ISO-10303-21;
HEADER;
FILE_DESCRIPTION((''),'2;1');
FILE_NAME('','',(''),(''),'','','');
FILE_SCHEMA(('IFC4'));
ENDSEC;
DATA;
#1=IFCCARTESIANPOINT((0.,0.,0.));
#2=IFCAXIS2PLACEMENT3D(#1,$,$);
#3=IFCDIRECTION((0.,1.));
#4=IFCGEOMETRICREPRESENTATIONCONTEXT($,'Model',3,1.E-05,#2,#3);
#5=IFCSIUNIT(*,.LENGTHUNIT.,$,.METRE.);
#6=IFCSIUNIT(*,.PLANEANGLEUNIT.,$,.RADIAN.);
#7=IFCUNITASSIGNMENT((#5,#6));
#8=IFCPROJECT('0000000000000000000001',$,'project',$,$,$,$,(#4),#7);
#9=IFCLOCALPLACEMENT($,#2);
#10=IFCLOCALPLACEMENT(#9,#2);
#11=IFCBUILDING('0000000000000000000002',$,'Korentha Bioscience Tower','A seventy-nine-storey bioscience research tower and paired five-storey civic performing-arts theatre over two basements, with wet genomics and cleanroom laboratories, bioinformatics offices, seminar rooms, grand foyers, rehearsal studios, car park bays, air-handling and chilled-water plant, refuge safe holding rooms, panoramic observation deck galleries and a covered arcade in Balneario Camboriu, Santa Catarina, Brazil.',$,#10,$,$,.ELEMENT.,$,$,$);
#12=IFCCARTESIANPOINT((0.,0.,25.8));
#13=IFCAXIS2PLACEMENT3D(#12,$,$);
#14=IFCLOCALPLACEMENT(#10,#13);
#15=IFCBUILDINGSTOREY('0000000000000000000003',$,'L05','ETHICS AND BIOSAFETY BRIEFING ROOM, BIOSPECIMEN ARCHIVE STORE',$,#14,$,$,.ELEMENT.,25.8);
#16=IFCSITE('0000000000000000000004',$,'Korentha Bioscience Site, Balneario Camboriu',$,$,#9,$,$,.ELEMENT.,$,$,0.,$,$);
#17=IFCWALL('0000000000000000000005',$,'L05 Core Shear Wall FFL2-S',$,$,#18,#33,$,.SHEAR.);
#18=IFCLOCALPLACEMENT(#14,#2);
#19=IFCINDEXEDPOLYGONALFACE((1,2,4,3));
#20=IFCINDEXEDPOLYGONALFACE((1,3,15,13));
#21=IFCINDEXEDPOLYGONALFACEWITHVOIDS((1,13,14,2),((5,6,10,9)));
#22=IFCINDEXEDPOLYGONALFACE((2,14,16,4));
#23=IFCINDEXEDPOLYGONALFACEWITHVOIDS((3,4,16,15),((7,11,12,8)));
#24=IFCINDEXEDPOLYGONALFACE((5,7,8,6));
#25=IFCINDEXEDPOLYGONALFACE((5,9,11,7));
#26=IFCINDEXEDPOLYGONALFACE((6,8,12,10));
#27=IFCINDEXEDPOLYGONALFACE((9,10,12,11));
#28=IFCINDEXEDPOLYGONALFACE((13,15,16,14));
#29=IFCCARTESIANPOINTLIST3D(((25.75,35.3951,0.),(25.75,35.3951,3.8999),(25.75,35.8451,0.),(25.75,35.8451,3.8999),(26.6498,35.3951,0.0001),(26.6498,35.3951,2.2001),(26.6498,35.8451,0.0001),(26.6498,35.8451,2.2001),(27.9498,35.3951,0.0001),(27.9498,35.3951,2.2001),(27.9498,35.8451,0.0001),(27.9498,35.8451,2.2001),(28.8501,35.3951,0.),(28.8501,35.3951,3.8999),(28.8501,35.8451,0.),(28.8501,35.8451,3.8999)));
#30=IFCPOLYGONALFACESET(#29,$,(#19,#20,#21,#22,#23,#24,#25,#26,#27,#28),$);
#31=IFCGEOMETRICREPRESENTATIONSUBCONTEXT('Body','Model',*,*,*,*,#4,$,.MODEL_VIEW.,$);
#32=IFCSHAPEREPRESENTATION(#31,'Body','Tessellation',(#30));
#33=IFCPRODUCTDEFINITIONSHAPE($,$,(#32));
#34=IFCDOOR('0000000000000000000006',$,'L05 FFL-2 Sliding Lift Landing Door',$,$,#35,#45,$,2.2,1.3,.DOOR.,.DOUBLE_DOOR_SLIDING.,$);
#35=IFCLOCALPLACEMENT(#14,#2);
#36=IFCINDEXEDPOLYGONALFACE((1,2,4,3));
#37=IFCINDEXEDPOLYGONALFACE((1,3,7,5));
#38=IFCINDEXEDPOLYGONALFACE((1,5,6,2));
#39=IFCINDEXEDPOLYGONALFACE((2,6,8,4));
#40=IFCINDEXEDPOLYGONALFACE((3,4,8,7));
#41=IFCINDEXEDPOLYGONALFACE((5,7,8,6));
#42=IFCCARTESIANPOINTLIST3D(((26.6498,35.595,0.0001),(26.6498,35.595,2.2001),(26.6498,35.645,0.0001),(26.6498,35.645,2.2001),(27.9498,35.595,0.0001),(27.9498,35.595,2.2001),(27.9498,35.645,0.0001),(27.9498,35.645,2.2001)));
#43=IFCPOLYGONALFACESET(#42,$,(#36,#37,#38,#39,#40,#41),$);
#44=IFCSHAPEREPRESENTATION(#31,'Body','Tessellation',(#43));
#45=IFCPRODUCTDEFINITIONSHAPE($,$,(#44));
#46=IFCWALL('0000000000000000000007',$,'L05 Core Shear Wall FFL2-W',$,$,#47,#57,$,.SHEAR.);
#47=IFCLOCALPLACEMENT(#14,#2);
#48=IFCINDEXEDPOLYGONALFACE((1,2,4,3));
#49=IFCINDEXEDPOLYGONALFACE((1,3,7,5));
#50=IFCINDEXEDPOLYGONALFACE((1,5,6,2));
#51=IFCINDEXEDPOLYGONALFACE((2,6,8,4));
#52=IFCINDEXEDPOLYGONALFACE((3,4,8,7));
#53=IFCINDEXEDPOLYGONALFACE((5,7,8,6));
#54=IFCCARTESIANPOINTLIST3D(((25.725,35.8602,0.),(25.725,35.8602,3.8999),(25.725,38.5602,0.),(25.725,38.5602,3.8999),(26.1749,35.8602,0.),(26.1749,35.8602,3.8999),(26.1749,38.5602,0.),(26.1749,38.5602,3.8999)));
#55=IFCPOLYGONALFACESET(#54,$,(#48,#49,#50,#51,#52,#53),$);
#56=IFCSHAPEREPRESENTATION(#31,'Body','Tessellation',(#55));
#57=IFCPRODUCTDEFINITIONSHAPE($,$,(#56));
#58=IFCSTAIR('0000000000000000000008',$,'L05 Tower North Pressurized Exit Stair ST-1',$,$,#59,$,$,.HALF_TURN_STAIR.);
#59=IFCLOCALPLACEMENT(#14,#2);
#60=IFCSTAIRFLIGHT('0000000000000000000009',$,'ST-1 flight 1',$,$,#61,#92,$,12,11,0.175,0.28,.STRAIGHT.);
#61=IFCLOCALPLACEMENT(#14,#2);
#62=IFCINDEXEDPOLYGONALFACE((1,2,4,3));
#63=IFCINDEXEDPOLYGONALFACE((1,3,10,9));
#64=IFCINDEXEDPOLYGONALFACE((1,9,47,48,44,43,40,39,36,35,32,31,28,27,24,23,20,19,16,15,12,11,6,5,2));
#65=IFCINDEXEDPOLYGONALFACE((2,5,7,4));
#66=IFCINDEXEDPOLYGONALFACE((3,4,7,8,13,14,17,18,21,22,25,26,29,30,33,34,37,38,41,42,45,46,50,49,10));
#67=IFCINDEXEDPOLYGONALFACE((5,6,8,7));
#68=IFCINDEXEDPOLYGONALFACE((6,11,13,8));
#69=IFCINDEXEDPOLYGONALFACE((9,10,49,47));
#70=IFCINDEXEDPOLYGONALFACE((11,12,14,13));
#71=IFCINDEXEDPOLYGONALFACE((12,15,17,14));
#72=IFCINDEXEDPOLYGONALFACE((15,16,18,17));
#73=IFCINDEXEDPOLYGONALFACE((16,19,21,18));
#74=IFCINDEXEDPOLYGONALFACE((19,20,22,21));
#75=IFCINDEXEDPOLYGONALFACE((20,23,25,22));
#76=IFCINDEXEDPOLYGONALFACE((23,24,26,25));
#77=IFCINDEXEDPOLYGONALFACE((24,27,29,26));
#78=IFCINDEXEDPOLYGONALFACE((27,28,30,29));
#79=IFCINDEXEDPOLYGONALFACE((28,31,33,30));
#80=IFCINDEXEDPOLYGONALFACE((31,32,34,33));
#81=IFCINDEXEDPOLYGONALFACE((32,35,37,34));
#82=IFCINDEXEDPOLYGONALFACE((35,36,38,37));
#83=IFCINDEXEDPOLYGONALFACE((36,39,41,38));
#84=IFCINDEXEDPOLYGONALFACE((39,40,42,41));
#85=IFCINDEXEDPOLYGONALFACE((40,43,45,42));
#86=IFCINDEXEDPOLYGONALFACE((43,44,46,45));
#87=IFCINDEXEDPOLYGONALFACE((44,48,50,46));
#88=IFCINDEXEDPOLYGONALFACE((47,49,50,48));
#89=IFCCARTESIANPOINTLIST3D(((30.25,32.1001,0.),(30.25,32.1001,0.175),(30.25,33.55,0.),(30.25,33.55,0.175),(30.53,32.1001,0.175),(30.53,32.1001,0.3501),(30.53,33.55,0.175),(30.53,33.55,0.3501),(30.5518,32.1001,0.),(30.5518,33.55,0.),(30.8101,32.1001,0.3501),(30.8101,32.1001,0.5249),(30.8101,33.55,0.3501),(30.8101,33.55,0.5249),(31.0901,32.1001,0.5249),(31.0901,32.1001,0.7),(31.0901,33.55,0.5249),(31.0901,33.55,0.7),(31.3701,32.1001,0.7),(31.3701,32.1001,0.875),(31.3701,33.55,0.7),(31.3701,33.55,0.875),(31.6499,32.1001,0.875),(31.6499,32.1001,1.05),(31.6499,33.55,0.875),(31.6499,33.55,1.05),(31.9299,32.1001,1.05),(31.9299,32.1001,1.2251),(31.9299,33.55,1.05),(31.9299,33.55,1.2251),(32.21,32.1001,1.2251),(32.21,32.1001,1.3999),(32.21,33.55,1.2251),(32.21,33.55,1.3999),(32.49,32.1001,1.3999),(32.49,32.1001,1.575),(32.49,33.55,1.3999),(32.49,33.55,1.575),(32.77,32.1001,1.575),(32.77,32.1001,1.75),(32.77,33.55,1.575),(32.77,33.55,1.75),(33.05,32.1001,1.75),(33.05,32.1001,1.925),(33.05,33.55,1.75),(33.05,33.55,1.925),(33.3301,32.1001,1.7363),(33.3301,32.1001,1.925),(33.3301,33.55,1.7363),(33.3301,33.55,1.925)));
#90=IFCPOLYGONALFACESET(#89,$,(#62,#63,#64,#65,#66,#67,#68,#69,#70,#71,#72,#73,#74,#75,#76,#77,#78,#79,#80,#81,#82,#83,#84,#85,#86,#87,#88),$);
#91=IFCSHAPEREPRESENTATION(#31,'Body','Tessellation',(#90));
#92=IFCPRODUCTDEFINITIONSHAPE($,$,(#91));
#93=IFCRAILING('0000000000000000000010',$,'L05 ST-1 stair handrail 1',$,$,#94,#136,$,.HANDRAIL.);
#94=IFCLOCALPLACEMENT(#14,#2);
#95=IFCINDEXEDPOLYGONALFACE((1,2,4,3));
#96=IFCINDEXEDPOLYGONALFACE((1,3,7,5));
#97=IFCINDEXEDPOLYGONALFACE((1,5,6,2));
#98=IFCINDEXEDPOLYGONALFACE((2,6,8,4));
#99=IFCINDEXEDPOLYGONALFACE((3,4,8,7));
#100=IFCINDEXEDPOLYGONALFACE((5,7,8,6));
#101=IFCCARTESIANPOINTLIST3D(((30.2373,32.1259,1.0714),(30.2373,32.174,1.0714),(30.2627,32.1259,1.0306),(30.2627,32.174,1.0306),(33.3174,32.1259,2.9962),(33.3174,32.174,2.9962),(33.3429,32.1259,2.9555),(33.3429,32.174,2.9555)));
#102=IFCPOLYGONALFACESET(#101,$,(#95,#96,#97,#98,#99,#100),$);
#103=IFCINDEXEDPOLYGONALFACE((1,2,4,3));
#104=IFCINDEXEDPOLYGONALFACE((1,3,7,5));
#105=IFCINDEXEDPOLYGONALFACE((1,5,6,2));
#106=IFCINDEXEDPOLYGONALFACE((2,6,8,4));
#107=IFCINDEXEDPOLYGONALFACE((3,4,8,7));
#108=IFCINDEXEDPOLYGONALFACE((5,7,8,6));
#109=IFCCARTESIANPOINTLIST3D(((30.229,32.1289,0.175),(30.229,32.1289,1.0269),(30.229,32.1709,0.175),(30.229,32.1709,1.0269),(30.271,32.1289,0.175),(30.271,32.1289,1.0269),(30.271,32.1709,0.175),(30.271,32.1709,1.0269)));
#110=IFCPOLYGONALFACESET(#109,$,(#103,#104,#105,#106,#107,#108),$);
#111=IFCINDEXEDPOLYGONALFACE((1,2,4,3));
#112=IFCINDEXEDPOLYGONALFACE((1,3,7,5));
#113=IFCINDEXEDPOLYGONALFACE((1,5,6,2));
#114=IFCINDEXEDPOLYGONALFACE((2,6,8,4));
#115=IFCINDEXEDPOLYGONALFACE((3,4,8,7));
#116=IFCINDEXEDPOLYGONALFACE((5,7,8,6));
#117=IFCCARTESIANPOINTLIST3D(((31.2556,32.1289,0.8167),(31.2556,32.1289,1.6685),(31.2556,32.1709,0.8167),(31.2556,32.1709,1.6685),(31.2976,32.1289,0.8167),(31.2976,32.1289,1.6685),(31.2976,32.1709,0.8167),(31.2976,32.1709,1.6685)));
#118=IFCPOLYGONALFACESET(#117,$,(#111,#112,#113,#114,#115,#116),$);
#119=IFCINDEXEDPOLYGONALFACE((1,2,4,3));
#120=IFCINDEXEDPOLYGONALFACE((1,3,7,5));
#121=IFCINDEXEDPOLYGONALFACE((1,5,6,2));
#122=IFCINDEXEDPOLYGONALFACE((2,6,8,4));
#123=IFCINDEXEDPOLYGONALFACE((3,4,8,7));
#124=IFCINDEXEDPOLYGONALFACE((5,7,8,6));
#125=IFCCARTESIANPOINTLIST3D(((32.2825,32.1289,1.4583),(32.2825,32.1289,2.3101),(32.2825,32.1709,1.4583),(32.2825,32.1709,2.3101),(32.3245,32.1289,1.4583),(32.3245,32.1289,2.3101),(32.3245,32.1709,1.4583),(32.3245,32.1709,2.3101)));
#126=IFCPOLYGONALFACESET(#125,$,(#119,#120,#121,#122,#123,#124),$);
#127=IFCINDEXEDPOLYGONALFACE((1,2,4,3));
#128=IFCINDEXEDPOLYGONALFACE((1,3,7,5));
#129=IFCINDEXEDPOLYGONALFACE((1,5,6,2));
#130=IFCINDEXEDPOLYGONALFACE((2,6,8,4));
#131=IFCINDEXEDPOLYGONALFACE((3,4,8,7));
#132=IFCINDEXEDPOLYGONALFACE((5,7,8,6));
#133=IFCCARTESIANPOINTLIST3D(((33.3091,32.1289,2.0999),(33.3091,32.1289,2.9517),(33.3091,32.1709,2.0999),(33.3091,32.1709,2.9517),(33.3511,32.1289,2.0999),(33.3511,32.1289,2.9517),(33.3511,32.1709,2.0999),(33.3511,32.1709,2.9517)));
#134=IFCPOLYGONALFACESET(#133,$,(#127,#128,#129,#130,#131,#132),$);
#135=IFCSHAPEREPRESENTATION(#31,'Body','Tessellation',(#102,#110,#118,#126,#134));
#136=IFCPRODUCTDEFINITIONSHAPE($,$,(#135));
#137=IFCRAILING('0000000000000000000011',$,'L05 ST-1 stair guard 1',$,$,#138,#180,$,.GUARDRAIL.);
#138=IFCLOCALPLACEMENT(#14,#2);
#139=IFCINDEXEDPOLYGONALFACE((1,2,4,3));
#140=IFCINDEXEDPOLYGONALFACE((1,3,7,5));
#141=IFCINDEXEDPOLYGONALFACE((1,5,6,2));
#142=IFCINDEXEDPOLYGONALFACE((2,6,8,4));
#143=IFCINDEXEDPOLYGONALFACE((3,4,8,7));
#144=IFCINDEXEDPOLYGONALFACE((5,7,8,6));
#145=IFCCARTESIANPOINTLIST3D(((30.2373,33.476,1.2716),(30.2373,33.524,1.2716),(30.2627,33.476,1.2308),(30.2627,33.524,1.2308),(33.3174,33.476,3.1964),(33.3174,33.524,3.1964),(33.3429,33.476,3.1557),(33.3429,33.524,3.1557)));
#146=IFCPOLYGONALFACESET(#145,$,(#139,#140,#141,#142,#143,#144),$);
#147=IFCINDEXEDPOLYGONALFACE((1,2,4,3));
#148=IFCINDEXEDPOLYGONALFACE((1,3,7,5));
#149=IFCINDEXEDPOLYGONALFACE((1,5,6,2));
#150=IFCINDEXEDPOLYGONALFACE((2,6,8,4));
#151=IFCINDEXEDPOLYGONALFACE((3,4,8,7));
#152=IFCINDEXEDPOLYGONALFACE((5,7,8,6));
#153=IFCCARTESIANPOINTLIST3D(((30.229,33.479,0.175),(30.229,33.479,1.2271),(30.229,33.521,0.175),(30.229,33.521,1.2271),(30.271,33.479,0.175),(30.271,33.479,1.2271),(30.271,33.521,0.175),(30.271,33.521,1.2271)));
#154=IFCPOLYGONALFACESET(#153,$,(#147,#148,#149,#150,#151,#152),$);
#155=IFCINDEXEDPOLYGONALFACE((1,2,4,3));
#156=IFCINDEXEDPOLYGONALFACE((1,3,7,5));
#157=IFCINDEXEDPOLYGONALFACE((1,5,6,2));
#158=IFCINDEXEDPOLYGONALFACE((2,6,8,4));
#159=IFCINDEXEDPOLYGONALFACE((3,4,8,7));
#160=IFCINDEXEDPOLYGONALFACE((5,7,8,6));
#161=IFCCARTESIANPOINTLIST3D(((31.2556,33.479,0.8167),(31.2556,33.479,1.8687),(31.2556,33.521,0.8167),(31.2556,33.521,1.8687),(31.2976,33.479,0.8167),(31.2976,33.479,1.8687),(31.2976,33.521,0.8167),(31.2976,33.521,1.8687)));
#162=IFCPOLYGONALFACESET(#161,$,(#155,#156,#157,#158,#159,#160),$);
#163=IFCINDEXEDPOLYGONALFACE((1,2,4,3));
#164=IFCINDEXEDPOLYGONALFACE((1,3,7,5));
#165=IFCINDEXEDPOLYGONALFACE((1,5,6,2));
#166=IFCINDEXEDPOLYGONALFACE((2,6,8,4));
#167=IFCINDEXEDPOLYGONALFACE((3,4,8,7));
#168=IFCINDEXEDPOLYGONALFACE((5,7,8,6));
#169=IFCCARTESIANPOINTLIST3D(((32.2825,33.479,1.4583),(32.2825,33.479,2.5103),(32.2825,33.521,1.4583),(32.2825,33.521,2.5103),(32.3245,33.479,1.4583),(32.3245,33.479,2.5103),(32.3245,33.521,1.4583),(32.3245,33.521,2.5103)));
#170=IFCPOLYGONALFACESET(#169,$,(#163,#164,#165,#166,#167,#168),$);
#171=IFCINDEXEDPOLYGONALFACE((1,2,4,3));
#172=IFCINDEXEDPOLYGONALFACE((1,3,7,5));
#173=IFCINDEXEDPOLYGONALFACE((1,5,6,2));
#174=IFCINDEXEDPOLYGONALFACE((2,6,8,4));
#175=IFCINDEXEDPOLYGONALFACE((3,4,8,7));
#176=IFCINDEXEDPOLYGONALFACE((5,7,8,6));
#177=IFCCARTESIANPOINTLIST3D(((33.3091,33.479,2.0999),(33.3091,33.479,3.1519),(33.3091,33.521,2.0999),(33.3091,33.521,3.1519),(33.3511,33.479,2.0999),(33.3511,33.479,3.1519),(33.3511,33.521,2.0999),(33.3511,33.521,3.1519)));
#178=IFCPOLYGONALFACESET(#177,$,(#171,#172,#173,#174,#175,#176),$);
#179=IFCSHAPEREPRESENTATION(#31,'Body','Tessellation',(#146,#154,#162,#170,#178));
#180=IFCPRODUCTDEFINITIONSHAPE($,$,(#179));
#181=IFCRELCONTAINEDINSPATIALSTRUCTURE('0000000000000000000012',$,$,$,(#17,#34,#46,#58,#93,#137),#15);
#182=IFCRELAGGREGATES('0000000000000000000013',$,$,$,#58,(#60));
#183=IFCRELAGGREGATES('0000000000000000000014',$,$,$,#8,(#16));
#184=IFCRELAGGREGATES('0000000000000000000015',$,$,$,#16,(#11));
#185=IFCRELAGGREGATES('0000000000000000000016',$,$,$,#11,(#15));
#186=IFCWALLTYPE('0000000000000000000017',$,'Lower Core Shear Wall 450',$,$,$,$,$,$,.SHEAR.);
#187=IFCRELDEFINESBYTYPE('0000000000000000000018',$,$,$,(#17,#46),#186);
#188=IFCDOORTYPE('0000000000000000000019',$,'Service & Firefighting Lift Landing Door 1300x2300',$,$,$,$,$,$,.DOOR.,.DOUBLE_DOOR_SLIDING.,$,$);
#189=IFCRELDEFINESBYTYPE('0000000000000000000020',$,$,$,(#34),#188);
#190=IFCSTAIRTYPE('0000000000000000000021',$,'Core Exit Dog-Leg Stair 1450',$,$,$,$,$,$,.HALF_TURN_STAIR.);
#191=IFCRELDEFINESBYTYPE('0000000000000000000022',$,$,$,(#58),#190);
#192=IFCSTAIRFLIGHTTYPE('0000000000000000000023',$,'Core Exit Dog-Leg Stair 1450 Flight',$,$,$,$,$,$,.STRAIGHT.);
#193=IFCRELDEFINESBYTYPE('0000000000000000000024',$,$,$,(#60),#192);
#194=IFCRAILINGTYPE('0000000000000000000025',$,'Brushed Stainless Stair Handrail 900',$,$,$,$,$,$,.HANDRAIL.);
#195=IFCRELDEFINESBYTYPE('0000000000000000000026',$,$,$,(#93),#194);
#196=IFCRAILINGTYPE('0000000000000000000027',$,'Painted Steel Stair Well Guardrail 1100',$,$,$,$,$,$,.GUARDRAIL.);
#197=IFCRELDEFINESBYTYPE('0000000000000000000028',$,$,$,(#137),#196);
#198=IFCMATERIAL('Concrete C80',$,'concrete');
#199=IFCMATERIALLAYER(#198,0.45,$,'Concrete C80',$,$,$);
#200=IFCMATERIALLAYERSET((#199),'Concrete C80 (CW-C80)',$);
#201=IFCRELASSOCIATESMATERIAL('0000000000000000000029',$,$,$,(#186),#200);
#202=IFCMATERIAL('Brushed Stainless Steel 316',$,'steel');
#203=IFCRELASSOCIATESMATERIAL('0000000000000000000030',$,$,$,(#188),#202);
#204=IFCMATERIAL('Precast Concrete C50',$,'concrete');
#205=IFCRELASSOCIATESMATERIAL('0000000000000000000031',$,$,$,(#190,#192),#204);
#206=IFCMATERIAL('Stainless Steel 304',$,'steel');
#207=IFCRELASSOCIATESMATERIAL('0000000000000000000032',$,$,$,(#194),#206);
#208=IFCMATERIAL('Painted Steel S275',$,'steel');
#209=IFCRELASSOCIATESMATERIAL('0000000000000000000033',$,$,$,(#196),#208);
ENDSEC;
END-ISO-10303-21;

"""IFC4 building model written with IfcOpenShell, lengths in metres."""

from ifc_helpers import new_model, si_unit, direction, frame, frame_2d, origin, origin_2d, place, context, subcontext, project, spatial, polyline, rectangle, outline, extrude, material, layer, layer_set, type_object, element, fill, aggregate, save


model = new_model("IFC4")

# Units and contexts
model_context = context("Model", 3, precision=1e-05, world=origin(), true_north=direction((0.0, 1.0)))
body_context = subcontext(model_context, "Body", "Model", "MODEL_VIEW")
ifc_project = project(units=[si_unit("LENGTHUNIT", "METRE"), si_unit("PLANEANGLEUNIT", "RADIAN")], contexts=[model_context])

# Site, building, storey
site_placement = place(None, origin())
site = spatial("IfcSite", under=ifc_project, at=site_placement, Name="Korentha Bioscience Site, Balneario Camboriu", CompositionType="ELEMENT", RefElevation=0.0)
building_placement = place(site_placement, origin())
building = spatial("IfcBuilding", under=site, at=building_placement, Name="Korentha Bioscience Tower", Description="A seventy-nine-storey bioscience research tower and paired five-storey civic performing-arts theatre over two basements, with wet genomics and cleanroom laboratories, bioinformatics offices, seminar rooms, grand foyers, rehearsal studios, car park bays, air-handling and chilled-water plant, refuge safe holding rooms, panoramic observation deck galleries and a covered arcade in Balneario Camboriu, Santa Catarina, Brazil.", CompositionType="ELEMENT")
storey_placement = place(building_placement, frame((0.0, 0.0, 25.8)))
storey = spatial("IfcBuildingStorey", under=building, at=storey_placement, Name="L05", Description="ETHICS AND BIOSAFETY BRIEFING ROOM, BIOSPECIMEN ARCHIVE STORE", CompositionType="ELEMENT", Elevation=25.8)

# Shared definitions
ifc_material_1 = material(Name="Concrete C80", Category="concrete")
ifc_layer_1 = layer(ifc_material_1, 0.45, Name="Concrete C80")
ifc_layer_set_1 = layer_set([ifc_layer_1], Name="Concrete C80 (CW-C80)")
wall_type_1 = type_object("IfcWallType", Name="Lower Core Shear Wall 450", PredefinedType="SHEAR", material=ifc_layer_set_1)

# Wall, opening, door
wall_1_placement = place(storey_placement, frame((25.75, 35.6201, 0.0), z_axis=(0.0, 0.0, 1.0), x_axis=(1.0, 0.0, 0.0)))
wall_1 = element("IfcWall", 1, at=wall_1_placement, inside=storey, type_object=wall_type_1, Name="L05 Core Shear Wall FFL2-S", PredefinedType="SHEAR", context=body_context, shape_type="SweptSolid", body=[
    extrude(rectangle(XDim=3.1001, YDim=0.45, at=frame_2d((1.55, 0.0))), origin(), (0.0, 0.0, 1.0), 3.8999),
])
opening_1_placement = place(wall_1_placement, frame((0.8999, 0.0, 0.0)))
opening_1 = element("IfcOpeningElement", 2, at=opening_1_placement, cuts=wall_1, PredefinedType="OPENING", context=body_context, shape_type="SweptSolid", body=[
    extrude(rectangle(XDim=1.3, YDim=2.2, at=frame_2d((0.6499, 1.1001))), frame((0.0, 0.2397, 0.0), z_axis=(0.0, -1.0, 0.0), x_axis=(1.0, 0.0, 0.0)), (0.0, 0.0, 1.0), 0.4797),
])
ifc_material_2 = material(Name="Brushed Stainless Steel 316", Category="steel")
door_type_1 = type_object("IfcDoorType", Name="Service & Firefighting Lift Landing Door 1300x2300", OperationType="DOUBLE_DOOR_SLIDING", PredefinedType="DOOR", material=ifc_material_2)
door_1_placement = place(opening_1_placement, origin())
door_1 = element("IfcDoor", 3, at=door_1_placement, inside=storey, type_object=door_type_1, Name="L05 FFL-2 Sliding Lift Landing Door", OperationType="DOUBLE_DOOR_SLIDING", OverallHeight=2.2, OverallWidth=1.3, PredefinedType="DOOR", context=body_context, shape_type="SweptSolid", body=[
    extrude(rectangle(XDim=1.3, YDim=2.2, at=frame_2d((0.6499, 1.1001))), frame((0.0, 0.0249, 0.0), z_axis=(0.0, -1.0, 0.0), x_axis=(1.0, 0.0, 0.0)), (0.0, 0.0, 1.0), 0.05),
])
fill(opening_1, door_1)

# Wall
wall_2_placement = place(storey_placement, frame((25.95, 35.8601, 0.0), z_axis=(0.0, 0.0, 1.0), x_axis=(0.0, 1.0, 0.0)))
element("IfcWall", 4, at=wall_2_placement, inside=storey, type_object=wall_type_1, Name="L05 Core Shear Wall FFL2-W", PredefinedType="SHEAR", context=body_context, shape_type="SweptSolid", body=[
    extrude(rectangle(XDim=2.7, YDim=0.45, at=frame_2d((1.3501, 0.0))), origin(), (0.0, 0.0, 1.0), 3.8999),
])

# Stair, stair flight
ifc_material_3 = material(Name="Precast Concrete C50", Category="concrete")
stair_type = type_object("IfcStairType", Name="Core Exit Dog-Leg Stair 1450", PredefinedType="HALF_TURN_STAIR", material=ifc_material_3)
stair_placement = place(storey_placement, origin())
stair = element("IfcStair", 5, at=stair_placement, inside=storey, type_object=stair_type, Name="L05 Tower North Pressurized Exit Stair ST-1", PredefinedType="HALF_TURN_STAIR")
stair_flight_type = type_object("IfcStairFlightType", Name="Core Exit Dog-Leg Stair 1450 Flight", PredefinedType="STRAIGHT", material=ifc_material_3)
stair_flight_placement = place(storey_placement, frame((30.25, 32.825, 0.0), z_axis=(0.0, 0.0, 1.0), x_axis=(1.0, 0.0, 0.0)))
stair_flight = element("IfcStairFlight", 6, at=stair_flight_placement, type_object=stair_flight_type, Name="ST-1 flight 1", NumberOfRisers=12, NumberOfTreads=11, PredefinedType="STRAIGHT", RiserHeight=0.175, TreadLength=0.28, context=body_context, shape_type="SweptSolid", body=[
    extrude(outline(polyline([(0.0, 0.0), (0.0, 0.175), (0.28, 0.175), (0.28, 0.3501), (0.5601, 0.3501), (0.5601, 0.5249), (0.8401, 0.5249), (0.8401, 0.7), (1.1201, 0.7), (1.1201, 0.875), (1.3999, 0.875), (1.3999, 1.05), (1.6799, 1.05), (1.6799, 1.2251), (1.96, 1.2251), (1.96, 1.3999), (2.24, 1.3999), (2.24, 1.575), (2.52, 1.575), (2.52, 1.75), (2.8, 1.75), (2.8, 1.925), (3.0801, 1.925), (3.0801, 2.1001), (3.0801, 1.7363), (0.3018, 0.0), (0.0, 0.0)])), frame((0.0, 0.7251, 0.0), z_axis=(0.0, -1.0, 0.0), x_axis=(1.0, 0.0, 0.0)), (0.0, 0.0, 1.0), 1.45),
])
aggregate(stair, [stair_flight])

# Railings
ifc_material_4 = material(Name="Stainless Steel 304", Category="steel")
railing_type_1 = type_object("IfcRailingType", Name="Brushed Stainless Stair Handrail 900", PredefinedType="HANDRAIL", material=ifc_material_4)
railing_1_placement = place(storey_placement, frame((30.25, 32.1499, 0.175)))
element("IfcRailing", 7, at=railing_1_placement, inside=storey, type_object=railing_type_1, Name="L05 ST-1 stair handrail 1", PredefinedType="HANDRAIL", context=body_context, shape_type="SweptSolid", body=[
    extrude(rectangle(XDim=0.0481, YDim=0.0481, at=origin_2d()), frame((0.0, 0.0, 0.876), z_axis=(0.848029, 0.0, 0.529951), x_axis=(0.0, 1.0, 0.0)), (0.0, 0.0, 1.0), 3.6321),
    extrude(rectangle(XDim=0.042, YDim=0.042, at=origin_2d()), origin(), (0.0, 0.0, 1.0), 0.8518),
    extrude(rectangle(XDim=0.042, YDim=0.042, at=origin_2d()), frame((1.0266, 0.0, 0.6416)), (0.0, 0.0, 1.0), 0.8518),
    extrude(rectangle(XDim=0.042, YDim=0.042, at=origin_2d()), frame((2.0535, 0.0, 1.2832)), (0.0, 0.0, 1.0), 0.8518),
    extrude(rectangle(XDim=0.042, YDim=0.042, at=origin_2d()), frame((3.0801, 0.0, 1.9248)), (0.0, 0.0, 1.0), 0.8518),
])
ifc_material_5 = material(Name="Painted Steel S275", Category="steel")
railing_type_2 = type_object("IfcRailingType", Name="Painted Steel Stair Well Guardrail 1100", PredefinedType="GUARDRAIL", material=ifc_material_5)
railing_2_placement = place(storey_placement, frame((30.25, 33.5, 0.175)))
element("IfcRailing", 8, at=railing_2_placement, inside=storey, type_object=railing_type_2, Name="L05 ST-1 stair guard 1", PredefinedType="GUARDRAIL", context=body_context, shape_type="SweptSolid", body=[
    extrude(rectangle(XDim=0.0481, YDim=0.0481, at=origin_2d()), frame((0.0, 0.0, 1.0762), z_axis=(0.848029, 0.0, 0.529951), x_axis=(0.0, 1.0, 0.0)), (0.0, 0.0, 1.0), 3.6321),
    extrude(rectangle(XDim=0.042, YDim=0.042, at=origin_2d()), origin(), (0.0, 0.0, 1.0), 1.052),
    extrude(rectangle(XDim=0.042, YDim=0.042, at=origin_2d()), frame((1.0266, 0.0, 0.6416)), (0.0, 0.0, 1.0), 1.052),
    extrude(rectangle(XDim=0.042, YDim=0.042, at=origin_2d()), frame((2.0535, 0.0, 1.2832)), (0.0, 0.0, 1.0), 1.052),
    extrude(rectangle(XDim=0.042, YDim=0.042, at=origin_2d()), frame((3.0801, 0.0, 1.9248)), (0.0, 0.0, 1.0), 1.052),
])

save(model, "model.ifc")
